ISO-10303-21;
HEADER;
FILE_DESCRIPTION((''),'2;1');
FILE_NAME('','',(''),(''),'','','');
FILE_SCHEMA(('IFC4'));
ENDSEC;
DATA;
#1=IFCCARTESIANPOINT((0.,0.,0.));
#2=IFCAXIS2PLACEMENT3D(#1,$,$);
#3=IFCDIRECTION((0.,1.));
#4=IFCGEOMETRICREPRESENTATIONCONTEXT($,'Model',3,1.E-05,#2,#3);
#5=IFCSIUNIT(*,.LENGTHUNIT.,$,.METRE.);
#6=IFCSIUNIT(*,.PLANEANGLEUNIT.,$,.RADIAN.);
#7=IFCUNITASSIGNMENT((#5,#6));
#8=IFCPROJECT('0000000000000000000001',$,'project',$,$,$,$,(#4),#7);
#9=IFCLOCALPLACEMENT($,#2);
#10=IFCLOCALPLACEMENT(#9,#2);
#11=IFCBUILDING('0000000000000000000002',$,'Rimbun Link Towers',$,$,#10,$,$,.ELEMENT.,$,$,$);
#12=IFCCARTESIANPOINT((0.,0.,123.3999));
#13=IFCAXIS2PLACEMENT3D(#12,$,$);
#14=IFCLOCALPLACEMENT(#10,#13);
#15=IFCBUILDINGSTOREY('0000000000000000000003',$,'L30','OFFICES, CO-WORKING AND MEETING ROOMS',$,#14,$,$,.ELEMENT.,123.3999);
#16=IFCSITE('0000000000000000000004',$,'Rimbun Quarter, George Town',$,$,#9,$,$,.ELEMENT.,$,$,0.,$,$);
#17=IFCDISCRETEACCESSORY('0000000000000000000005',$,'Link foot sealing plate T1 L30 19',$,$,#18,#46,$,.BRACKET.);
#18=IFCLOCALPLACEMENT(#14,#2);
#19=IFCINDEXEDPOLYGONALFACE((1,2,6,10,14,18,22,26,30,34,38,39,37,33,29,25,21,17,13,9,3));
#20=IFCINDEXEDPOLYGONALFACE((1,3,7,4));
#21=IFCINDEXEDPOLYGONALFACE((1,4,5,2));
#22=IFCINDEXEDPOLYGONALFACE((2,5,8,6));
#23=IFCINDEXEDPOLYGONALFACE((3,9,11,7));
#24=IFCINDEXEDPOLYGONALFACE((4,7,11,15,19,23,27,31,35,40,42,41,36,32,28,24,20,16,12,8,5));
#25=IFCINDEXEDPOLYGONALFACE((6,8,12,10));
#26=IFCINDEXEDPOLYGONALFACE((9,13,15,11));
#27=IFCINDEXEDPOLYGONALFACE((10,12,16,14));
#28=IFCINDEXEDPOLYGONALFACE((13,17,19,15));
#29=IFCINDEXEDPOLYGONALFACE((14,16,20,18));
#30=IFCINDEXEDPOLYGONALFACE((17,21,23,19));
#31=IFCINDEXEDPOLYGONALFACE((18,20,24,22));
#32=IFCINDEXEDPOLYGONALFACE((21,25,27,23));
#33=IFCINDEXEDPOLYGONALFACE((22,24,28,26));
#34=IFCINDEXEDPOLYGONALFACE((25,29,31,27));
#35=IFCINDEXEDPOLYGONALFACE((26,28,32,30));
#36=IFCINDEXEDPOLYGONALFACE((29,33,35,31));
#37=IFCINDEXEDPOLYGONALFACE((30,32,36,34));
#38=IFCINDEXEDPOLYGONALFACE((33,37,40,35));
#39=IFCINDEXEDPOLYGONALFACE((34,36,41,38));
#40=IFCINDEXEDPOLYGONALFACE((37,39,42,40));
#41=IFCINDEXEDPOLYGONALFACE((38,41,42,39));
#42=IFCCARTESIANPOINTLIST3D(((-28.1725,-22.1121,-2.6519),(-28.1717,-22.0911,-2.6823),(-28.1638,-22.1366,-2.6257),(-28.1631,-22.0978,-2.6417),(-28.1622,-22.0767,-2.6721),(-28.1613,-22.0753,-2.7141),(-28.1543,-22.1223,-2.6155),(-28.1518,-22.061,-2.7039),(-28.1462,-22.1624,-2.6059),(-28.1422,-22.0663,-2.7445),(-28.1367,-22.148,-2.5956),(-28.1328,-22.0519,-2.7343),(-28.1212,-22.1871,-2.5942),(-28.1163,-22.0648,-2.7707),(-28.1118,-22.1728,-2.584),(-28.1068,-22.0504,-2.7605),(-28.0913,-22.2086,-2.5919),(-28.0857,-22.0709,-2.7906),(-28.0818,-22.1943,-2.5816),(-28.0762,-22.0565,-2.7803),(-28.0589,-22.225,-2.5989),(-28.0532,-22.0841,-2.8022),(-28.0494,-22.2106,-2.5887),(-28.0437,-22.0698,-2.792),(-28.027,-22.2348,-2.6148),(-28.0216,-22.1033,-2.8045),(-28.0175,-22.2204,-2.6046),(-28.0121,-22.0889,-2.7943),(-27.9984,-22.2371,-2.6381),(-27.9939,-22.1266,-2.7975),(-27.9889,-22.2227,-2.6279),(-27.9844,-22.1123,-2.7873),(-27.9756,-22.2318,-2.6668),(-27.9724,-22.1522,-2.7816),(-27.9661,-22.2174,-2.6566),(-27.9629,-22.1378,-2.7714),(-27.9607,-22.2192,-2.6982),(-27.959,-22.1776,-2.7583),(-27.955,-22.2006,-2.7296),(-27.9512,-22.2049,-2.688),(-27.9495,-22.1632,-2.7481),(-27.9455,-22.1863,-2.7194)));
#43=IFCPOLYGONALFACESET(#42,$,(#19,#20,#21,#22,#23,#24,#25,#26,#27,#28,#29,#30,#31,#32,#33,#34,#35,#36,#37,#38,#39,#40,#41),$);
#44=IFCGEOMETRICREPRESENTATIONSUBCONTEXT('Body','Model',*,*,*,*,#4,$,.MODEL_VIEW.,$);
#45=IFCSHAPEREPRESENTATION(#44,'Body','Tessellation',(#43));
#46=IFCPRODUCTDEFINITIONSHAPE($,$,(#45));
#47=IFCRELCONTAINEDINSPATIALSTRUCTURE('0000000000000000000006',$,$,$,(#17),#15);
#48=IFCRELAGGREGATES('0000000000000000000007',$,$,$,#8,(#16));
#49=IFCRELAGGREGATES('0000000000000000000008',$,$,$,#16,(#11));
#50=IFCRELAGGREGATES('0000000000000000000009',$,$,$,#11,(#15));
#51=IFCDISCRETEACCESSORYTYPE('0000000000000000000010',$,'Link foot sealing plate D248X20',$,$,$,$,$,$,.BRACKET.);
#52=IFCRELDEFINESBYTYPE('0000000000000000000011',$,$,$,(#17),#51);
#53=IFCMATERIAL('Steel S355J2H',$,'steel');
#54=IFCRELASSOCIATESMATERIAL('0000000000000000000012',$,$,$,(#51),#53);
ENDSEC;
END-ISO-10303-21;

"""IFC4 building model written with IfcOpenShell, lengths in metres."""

from ifc_helpers import new_model, si_unit, direction, frame, origin, origin_2d, place, context, subcontext, project, spatial, circle, extrude, material, material_profile, profile_set, type_object, element, save


model = new_model("IFC4")

# Units and contexts
model_context = context("Model", 3, precision=1e-05, world=origin(), true_north=direction((0.0, 1.0)))
body_context = subcontext(model_context, "Body", "Model", "MODEL_VIEW")
ifc_project = project(units=[si_unit("LENGTHUNIT", "METRE"), si_unit("PLANEANGLEUNIT", "RADIAN")], contexts=[model_context])

# Site, building, storey
site_placement = place(None, origin())
site = spatial("IfcSite", under=ifc_project, at=site_placement, Name="Rimbun Quarter, George Town", CompositionType="ELEMENT", RefElevation=0.0)
building_placement = place(site_placement, origin())
building = spatial("IfcBuilding", under=site, at=building_placement, Name="Rimbun Link Towers", CompositionType="ELEMENT")
storey_placement = place(building_placement, frame((0.0, 0.0, 123.3999)))
storey = spatial("IfcBuildingStorey", under=building, at=storey_placement, Name="L30", Description="OFFICES, CO-WORKING AND MEETING ROOMS", CompositionType="ELEMENT", Elevation=123.3999)

# Discrete accessory
ifc_material_1 = material(Name="Steel S355J2H", Category="steel")
ifc_material_profile_1 = material_profile(ifc_material_1, circle(Radius=0.124, at=origin_2d()), Name="PL D248")
ifc_profile_set_1 = profile_set([ifc_material_profile_1], Name="Steel S355J2H")
discrete_accessory_type = type_object("IfcDiscreteAccessoryType", Name="Link foot sealing plate D248X20", PredefinedType="BRACKET", material=ifc_profile_set_1)
discrete_accessory_placement = place(storey_placement, frame((-28.0547, -22.1365, -2.688), z_axis=(-0.474131, -0.717276, -0.510603), x_axis=(0.834219, -0.551433, 0.0)))
element("IfcDiscreteAccessory", 1, at=discrete_accessory_placement, inside=storey, type_object=discrete_accessory_type, Name="Link foot sealing plate T1 L30 19", PredefinedType="BRACKET", context=body_context, shape_type="SweptSolid", body=[
    extrude(circle(Radius=0.124, at=origin_2d()), origin(), (0.0, 0.0, 1.0), 0.02),
])

save(model, "model.ifc")
